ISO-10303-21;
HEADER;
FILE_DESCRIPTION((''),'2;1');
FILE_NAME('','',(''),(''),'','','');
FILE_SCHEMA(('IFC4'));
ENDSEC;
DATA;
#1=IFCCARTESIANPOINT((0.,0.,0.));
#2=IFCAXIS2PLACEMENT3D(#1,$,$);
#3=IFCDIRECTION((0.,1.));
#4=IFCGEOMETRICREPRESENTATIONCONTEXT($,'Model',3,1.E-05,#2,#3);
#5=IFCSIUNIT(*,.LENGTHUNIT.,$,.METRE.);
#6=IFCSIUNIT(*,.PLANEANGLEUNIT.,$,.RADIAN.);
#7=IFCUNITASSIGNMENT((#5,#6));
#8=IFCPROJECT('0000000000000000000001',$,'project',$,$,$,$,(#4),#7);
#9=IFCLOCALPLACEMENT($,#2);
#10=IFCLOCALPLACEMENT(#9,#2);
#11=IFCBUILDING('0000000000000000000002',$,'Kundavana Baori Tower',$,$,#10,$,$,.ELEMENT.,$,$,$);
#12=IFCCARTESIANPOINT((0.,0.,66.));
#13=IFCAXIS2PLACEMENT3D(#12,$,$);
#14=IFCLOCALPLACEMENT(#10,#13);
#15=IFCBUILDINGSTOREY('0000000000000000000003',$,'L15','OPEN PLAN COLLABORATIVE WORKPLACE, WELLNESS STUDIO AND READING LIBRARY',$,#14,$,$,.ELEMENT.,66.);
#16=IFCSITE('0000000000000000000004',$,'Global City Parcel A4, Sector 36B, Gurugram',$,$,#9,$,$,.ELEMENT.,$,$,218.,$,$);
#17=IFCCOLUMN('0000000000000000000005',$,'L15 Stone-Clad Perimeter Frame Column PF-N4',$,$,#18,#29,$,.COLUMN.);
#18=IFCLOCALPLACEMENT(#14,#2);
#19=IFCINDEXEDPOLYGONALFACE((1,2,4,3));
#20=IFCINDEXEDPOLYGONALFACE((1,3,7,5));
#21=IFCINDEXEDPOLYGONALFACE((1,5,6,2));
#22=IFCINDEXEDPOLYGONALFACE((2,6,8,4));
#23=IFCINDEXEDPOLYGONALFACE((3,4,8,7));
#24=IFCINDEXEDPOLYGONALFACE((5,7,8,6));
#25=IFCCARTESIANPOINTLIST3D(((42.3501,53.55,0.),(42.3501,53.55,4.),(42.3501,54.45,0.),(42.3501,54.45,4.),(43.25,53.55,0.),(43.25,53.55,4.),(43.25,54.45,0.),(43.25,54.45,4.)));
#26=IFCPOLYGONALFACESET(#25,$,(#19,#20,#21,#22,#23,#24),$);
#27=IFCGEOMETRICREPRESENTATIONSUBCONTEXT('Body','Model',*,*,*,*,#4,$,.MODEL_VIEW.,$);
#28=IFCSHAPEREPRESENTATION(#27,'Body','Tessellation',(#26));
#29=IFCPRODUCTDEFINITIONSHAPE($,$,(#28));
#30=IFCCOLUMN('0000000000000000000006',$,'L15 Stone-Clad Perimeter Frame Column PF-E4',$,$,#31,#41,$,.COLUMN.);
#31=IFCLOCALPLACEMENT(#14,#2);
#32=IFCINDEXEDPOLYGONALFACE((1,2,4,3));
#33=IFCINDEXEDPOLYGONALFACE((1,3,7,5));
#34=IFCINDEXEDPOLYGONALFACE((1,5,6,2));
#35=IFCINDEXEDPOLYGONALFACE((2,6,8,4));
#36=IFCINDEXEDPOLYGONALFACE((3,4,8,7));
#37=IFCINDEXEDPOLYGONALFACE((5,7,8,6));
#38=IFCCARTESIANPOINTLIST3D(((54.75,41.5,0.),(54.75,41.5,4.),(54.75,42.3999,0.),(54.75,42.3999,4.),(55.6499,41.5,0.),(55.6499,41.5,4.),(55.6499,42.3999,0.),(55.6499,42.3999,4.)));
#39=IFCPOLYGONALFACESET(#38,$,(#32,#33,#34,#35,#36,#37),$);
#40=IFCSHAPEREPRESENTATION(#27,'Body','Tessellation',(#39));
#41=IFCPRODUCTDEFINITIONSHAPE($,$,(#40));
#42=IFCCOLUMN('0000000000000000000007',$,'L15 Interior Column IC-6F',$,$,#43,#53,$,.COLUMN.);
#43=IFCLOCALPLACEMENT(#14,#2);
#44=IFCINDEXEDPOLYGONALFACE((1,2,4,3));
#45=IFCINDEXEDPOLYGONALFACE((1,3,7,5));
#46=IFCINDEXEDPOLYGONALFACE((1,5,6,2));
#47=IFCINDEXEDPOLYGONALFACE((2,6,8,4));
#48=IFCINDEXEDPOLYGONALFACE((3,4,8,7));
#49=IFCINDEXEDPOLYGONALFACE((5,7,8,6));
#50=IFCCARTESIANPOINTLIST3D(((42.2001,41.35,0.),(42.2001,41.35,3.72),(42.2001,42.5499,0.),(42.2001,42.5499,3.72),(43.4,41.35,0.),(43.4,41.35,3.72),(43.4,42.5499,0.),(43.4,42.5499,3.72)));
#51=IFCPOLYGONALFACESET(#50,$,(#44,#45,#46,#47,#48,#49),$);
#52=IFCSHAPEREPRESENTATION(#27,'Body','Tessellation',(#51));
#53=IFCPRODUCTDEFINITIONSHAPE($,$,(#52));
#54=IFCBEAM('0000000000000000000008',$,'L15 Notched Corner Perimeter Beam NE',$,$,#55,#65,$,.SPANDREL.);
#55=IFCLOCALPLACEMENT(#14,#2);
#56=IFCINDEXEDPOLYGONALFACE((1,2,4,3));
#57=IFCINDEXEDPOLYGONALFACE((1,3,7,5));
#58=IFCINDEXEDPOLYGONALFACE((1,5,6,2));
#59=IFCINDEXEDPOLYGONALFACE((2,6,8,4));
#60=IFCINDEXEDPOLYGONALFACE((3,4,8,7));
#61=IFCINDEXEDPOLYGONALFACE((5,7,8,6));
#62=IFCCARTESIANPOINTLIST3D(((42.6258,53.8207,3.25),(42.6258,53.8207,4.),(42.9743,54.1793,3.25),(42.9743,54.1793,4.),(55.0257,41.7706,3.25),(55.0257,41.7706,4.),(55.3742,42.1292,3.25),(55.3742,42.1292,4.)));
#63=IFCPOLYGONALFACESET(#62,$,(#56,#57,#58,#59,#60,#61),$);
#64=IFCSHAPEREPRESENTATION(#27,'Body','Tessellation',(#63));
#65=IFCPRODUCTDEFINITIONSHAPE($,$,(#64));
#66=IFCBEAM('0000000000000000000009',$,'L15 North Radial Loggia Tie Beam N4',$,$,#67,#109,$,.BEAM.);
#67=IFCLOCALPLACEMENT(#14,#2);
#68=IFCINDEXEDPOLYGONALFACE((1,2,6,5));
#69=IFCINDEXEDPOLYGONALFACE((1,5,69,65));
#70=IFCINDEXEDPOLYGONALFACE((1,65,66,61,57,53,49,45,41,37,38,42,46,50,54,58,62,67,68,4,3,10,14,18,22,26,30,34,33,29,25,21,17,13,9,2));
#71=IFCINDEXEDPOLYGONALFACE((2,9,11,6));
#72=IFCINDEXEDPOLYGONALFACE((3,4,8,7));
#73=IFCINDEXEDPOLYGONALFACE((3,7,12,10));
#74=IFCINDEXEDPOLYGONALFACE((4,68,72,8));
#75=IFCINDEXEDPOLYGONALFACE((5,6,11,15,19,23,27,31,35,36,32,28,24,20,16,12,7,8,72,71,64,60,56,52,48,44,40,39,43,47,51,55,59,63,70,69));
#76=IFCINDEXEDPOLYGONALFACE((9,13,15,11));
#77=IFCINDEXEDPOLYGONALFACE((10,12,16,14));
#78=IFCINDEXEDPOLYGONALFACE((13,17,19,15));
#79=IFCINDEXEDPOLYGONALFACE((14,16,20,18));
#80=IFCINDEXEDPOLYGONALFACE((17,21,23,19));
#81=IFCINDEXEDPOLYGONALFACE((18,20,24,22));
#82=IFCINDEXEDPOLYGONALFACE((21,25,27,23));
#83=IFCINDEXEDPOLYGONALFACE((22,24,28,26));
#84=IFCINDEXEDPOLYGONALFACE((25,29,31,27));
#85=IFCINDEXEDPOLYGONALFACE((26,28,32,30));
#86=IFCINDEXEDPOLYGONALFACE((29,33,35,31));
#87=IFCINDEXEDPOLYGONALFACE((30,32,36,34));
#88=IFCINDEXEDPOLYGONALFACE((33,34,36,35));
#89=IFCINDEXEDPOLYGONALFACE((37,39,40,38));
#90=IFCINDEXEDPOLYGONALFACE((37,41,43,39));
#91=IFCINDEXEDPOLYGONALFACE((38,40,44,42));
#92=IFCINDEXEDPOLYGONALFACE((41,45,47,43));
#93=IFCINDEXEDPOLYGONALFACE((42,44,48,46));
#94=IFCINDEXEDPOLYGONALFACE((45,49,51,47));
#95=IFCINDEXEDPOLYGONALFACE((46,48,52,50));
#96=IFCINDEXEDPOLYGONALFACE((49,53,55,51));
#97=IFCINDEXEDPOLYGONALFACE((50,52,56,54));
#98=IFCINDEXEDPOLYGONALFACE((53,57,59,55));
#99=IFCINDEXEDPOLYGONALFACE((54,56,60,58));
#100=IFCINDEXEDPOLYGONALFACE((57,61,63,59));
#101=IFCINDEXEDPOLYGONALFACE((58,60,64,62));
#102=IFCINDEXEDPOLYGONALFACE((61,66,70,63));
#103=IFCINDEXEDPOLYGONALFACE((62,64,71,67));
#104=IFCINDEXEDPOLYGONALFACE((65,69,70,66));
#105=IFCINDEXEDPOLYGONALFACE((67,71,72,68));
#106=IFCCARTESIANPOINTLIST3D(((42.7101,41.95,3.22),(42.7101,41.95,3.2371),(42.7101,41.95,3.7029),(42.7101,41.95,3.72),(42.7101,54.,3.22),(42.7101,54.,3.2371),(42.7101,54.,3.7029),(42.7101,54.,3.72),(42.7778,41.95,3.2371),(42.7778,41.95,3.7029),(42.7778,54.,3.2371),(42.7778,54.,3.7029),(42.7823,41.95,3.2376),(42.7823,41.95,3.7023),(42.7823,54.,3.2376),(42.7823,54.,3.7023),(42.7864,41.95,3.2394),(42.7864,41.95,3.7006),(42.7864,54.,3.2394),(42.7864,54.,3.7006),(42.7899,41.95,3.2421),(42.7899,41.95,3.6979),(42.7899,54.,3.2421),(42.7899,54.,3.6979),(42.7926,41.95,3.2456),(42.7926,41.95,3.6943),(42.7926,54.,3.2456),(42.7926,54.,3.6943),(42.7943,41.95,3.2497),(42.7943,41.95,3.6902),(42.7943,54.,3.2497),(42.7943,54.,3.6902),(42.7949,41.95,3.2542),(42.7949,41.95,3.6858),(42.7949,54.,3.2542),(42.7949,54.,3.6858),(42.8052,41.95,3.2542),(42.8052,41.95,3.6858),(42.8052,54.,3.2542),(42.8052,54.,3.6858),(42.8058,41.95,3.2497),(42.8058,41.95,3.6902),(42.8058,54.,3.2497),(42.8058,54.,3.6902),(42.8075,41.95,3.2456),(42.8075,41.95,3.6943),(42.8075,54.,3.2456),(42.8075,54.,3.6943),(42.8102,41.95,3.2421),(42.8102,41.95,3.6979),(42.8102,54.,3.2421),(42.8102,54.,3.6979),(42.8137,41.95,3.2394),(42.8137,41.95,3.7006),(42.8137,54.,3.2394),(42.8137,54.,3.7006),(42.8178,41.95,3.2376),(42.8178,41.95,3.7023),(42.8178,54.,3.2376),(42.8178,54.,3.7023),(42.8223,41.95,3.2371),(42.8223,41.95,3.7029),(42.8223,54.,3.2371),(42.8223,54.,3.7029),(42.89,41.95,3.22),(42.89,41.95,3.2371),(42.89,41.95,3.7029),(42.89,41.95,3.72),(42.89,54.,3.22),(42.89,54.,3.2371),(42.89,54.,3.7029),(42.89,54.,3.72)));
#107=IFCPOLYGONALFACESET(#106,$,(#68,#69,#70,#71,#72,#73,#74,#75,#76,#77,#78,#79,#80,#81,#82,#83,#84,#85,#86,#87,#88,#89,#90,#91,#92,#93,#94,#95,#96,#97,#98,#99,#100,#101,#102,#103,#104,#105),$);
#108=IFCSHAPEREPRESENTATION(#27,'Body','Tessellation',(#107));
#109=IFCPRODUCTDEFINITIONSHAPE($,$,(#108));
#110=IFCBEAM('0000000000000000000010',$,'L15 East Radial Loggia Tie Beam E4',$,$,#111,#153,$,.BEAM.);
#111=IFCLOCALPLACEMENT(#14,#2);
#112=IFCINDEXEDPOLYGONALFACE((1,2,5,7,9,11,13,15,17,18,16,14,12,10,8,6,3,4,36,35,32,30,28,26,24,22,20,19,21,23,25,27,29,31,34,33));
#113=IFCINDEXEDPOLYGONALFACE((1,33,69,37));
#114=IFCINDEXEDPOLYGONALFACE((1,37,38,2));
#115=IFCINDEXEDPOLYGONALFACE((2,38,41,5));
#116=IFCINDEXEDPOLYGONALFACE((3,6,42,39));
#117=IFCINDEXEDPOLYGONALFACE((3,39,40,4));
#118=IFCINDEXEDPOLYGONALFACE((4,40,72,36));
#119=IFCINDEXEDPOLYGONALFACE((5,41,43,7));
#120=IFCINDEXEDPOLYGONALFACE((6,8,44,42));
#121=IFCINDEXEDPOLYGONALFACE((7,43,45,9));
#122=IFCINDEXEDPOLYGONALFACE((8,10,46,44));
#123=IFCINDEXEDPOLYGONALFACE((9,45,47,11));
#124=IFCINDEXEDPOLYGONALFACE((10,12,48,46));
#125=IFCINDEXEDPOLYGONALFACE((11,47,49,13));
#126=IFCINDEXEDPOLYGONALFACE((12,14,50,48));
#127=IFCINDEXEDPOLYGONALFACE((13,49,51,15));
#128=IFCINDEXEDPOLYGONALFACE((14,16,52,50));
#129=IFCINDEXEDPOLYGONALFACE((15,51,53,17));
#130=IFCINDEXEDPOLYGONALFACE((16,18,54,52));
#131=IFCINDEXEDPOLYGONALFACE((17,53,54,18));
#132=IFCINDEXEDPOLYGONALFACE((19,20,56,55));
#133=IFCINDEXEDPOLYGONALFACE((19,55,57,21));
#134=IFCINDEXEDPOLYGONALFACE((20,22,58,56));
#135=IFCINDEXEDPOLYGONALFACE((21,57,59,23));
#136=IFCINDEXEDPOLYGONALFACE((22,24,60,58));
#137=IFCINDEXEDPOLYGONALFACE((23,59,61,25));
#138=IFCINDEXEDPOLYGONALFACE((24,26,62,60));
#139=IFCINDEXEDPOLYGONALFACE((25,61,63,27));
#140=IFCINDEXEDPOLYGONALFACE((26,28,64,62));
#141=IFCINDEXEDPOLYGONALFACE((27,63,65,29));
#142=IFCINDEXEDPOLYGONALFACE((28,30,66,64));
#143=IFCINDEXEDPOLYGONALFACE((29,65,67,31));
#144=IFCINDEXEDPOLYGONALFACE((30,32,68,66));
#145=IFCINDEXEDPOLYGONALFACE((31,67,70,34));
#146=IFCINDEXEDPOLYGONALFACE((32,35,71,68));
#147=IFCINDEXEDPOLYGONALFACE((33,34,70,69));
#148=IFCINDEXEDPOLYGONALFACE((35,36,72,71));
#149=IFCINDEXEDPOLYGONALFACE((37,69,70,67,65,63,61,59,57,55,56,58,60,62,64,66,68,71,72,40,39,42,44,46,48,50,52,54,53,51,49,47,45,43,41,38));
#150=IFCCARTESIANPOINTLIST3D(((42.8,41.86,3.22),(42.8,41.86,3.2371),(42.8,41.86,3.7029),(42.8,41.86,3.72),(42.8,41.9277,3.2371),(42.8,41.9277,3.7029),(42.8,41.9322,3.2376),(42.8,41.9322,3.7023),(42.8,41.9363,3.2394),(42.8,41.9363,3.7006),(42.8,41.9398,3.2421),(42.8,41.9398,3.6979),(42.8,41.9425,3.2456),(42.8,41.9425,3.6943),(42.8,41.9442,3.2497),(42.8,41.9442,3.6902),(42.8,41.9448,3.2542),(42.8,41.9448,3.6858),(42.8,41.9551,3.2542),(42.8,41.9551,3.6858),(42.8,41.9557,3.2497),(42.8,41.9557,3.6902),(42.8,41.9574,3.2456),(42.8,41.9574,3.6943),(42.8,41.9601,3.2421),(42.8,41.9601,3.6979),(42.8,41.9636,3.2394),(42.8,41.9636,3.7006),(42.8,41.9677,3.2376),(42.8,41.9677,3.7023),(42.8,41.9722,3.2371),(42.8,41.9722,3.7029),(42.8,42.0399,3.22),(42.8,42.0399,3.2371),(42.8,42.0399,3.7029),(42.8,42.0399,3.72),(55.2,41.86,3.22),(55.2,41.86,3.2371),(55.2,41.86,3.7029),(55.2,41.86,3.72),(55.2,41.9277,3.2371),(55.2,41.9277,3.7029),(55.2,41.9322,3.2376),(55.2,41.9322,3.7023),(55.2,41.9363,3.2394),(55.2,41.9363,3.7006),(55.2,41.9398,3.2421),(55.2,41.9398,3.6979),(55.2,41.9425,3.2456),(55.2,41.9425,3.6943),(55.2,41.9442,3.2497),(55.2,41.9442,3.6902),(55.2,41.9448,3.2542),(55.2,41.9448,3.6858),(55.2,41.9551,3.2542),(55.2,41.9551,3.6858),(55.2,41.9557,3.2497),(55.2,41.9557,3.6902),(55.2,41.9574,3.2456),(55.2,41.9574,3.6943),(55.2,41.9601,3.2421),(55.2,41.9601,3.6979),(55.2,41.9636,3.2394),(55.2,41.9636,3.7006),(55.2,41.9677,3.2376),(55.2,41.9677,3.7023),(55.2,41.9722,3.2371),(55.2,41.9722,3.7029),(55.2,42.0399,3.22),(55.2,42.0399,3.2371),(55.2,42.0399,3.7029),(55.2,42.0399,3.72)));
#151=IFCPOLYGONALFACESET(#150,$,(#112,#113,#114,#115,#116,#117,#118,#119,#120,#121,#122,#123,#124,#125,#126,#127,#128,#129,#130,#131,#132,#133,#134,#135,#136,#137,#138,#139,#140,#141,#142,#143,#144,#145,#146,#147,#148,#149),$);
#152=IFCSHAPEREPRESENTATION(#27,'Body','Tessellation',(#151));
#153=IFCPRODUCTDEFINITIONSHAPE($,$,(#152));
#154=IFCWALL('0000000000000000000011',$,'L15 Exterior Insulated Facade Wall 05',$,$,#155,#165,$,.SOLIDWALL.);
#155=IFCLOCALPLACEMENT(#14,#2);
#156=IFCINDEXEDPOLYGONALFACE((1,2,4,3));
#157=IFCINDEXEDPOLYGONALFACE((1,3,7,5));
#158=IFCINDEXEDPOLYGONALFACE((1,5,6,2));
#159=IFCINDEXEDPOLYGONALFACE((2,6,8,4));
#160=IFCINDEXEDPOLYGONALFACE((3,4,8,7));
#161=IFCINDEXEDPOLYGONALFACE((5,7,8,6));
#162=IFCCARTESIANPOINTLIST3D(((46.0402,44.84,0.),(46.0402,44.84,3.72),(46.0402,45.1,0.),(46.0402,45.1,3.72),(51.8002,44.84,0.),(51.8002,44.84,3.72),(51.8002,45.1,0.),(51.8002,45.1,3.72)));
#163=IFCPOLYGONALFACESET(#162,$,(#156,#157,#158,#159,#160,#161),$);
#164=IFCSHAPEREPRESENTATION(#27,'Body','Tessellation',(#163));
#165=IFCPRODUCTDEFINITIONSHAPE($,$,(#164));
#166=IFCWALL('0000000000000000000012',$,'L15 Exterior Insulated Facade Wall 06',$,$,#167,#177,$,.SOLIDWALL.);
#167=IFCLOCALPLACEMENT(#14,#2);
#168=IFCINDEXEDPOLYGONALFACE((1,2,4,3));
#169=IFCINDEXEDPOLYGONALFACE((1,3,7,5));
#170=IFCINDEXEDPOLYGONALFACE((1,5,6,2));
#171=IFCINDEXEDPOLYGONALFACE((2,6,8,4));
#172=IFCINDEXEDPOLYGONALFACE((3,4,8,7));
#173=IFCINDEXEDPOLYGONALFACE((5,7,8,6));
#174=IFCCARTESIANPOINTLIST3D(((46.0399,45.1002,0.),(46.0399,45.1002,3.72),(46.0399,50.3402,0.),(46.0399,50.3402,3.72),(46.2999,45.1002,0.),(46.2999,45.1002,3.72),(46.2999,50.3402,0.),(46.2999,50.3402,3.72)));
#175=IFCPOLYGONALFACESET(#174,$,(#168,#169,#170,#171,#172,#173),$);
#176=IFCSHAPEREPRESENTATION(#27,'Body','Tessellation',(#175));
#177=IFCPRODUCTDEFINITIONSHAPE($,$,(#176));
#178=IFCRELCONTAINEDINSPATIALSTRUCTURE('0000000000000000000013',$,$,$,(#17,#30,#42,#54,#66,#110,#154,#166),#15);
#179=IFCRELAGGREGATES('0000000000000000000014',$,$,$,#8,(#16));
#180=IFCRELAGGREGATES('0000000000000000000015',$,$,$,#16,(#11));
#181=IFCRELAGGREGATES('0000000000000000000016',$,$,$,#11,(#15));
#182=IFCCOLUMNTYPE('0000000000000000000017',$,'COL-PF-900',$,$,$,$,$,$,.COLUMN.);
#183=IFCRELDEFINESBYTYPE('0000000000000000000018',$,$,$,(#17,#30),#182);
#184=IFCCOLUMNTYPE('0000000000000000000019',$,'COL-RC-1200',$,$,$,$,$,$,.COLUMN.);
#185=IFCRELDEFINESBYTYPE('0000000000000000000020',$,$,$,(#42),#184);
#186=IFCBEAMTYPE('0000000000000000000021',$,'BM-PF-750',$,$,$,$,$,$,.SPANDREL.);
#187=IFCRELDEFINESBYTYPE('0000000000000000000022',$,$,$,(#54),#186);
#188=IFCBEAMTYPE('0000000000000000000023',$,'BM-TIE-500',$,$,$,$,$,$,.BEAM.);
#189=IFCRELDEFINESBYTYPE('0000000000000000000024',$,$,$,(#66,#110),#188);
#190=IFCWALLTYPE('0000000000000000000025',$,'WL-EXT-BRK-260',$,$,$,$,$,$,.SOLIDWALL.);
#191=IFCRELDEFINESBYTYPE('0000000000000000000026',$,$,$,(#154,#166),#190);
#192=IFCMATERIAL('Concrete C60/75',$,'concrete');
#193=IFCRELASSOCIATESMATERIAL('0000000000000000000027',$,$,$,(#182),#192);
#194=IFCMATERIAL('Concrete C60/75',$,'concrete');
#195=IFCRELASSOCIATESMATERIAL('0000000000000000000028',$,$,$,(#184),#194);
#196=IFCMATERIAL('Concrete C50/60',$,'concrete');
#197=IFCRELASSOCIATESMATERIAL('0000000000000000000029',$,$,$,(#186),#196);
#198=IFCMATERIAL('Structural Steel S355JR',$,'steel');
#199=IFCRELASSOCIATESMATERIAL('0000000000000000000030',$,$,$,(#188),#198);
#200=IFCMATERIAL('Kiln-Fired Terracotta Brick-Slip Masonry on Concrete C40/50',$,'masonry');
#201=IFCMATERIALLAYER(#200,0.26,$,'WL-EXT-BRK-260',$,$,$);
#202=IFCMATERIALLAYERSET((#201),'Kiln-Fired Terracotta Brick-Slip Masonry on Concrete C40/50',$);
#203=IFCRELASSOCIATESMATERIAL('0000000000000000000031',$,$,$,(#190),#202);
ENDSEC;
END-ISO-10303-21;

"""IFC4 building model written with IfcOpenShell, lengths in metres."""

from ifc_helpers import new_model, si_unit, direction, frame, frame_2d, origin, origin_2d, place, context, subcontext, project, spatial, rectangle, i_section, extrude, material, layer, layer_set, material_profile, profile_set, type_object, element, save


model = new_model("IFC4")

# Units and contexts
model_context = context("Model", 3, precision=1e-05, world=origin(), true_north=direction((0.0, 1.0)))
body_context = subcontext(model_context, "Body", "Model", "MODEL_VIEW")
ifc_project = project(units=[si_unit("LENGTHUNIT", "METRE"), si_unit("PLANEANGLEUNIT", "RADIAN")], contexts=[model_context])

# Site, building, storey
site_placement = place(None, origin())
site = spatial("IfcSite", under=ifc_project, at=site_placement, Name="Global City Parcel A4, Sector 36B, Gurugram", CompositionType="ELEMENT", RefElevation=218.0)
building_placement = place(site_placement, origin())
building = spatial("IfcBuilding", under=site, at=building_placement, Name="Kundavana Baori Tower", CompositionType="ELEMENT")
storey_placement = place(building_placement, frame((0.0, 0.0, 66.0)))
storey = spatial("IfcBuildingStorey", under=building, at=storey_placement, Name="L15", Description="OPEN PLAN COLLABORATIVE WORKPLACE, WELLNESS STUDIO AND READING LIBRARY", CompositionType="ELEMENT", Elevation=66.0)

# Columns
ifc_material_1 = material(Name="Concrete C60/75", Category="concrete")
ifc_material_profile_1 = material_profile(ifc_material_1, rectangle(XDim=0.8999, YDim=0.8999, at=origin_2d()), Name="RC PF 900x900")
ifc_profile_set_1 = profile_set([ifc_material_profile_1], Name="Concrete C60/75")
column_type_1 = type_object("IfcColumnType", Name="COL-PF-900", PredefinedType="COLUMN", material=ifc_profile_set_1)
for number, where, z_axis, x_axis, name in (
    (1, (42.8, 54.0, 0.0), (0.0, 0.0, 1.0), (1.0, 0.0, 0.0), "L15 Stone-Clad Perimeter Frame Column PF-N4"),
    (2, (55.2, 41.95, 0.0), (0.0, 0.0, 1.0), (1.0, 0.0, 0.0), "L15 Stone-Clad Perimeter Frame Column PF-E4"),
):
    element("IfcColumn", number, at=place(storey_placement, frame(where, z_axis=z_axis, x_axis=x_axis)), inside=storey, type_object=column_type_1, Name=name, PredefinedType="COLUMN", context=body_context, shape_type="SweptSolid", body=[
        extrude(rectangle(XDim=0.8999, YDim=0.8999, at=origin_2d()), origin(), (0.0, 0.0, 1.0), 4.0),
    ])
ifc_material_2 = material(Name="Concrete C60/75", Category="concrete")
ifc_material_profile_2 = material_profile(ifc_material_2, rectangle(XDim=1.2, YDim=1.2, at=origin_2d()), Name="RC 1200x1200")
ifc_profile_set_2 = profile_set([ifc_material_profile_2], Name="Concrete C60/75")
column_type_2 = type_object("IfcColumnType", Name="COL-RC-1200", PredefinedType="COLUMN", material=ifc_profile_set_2)
column_placement = place(storey_placement, frame((42.8, 41.95, 0.0), z_axis=(0.0, 0.0, 1.0), x_axis=(1.0, 0.0, 0.0)))
element("IfcColumn", 3, at=column_placement, inside=storey, type_object=column_type_2, Name="L15 Interior Column IC-6F", PredefinedType="COLUMN", context=body_context, shape_type="SweptSolid", body=[
    extrude(rectangle(XDim=1.2, YDim=1.2, at=origin_2d()), origin(), (0.0, 0.0, 1.0), 3.72),
])

# Beams
ifc_material_3 = material(Name="Concrete C50/60", Category="concrete")
ifc_material_profile_3 = material_profile(ifc_material_3, rectangle(XDim=0.5, YDim=0.75, at=origin_2d()), Name="RC BM 500x750")
ifc_profile_set_3 = profile_set([ifc_material_profile_3], Name="Concrete C50/60")
beam_type_1 = type_object("IfcBeamType", Name="BM-PF-750", PredefinedType="SPANDREL", material=ifc_profile_set_3)
beam_1_placement = place(storey_placement, frame((42.8, 54.0, 3.625), z_axis=(0.717151, -0.696917, 0.0), x_axis=(0.696917, 0.717151, 0.0)))
element("IfcBeam", 4, at=beam_1_placement, inside=storey, type_object=beam_type_1, Name="L15 Notched Corner Perimeter Beam NE", PredefinedType="SPANDREL", context=body_context, shape_type="SweptSolid", body=[
    extrude(rectangle(XDim=0.5, YDim=0.75, at=origin_2d()), origin(), (0.0, 0.0, 1.0), 17.2905),
])
ifc_material_4 = material(Name="Structural Steel S355JR", Category="steel")
ifc_material_profile_4 = material_profile(ifc_material_4, i_section(OverallWidth=0.1799, OverallDepth=0.5, WebThickness=0.0103, FlangeThickness=0.0171, FilletRadius=0.0171, at=origin_2d()), Name="ISMB 500")
ifc_profile_set_4 = profile_set([ifc_material_profile_4], Name="Structural Steel S355JR")
beam_type_2 = type_object("IfcBeamType", Name="BM-TIE-500", PredefinedType="BEAM", material=ifc_profile_set_4)
beam_2_placement = place(storey_placement, frame((42.8, 41.95, 3.47), z_axis=(0.0, 1.0, 0.0), x_axis=(-1.0, 0.0, 0.0)))
element("IfcBeam", 5, at=beam_2_placement, inside=storey, type_object=beam_type_2, Name="L15 North Radial Loggia Tie Beam N4", PredefinedType="BEAM", context=body_context, shape_type="SweptSolid", body=[
    extrude(i_section(OverallWidth=0.1799, OverallDepth=0.5, WebThickness=0.0103, FlangeThickness=0.0171, FilletRadius=0.0171, at=origin_2d()), origin(), (0.0, 0.0, 1.0), 12.05),
])
beam_3_placement = place(storey_placement, frame((42.8, 41.95, 3.47), z_axis=(1.0, 0.0, 0.0), x_axis=(0.0, 1.0, 0.0)))
element("IfcBeam", 6, at=beam_3_placement, inside=storey, type_object=beam_type_2, Name="L15 East Radial Loggia Tie Beam E4", PredefinedType="BEAM", context=body_context, shape_type="SweptSolid", body=[
    extrude(i_section(OverallWidth=0.1799, OverallDepth=0.5, WebThickness=0.0103, FlangeThickness=0.0171, FilletRadius=0.0171, at=origin_2d()), origin(), (0.0, 0.0, 1.0), 12.3999),
])

# Walls
ifc_material_5 = material(Name="Kiln-Fired Terracotta Brick-Slip Masonry on Concrete C40/50", Category="masonry")
ifc_layer_1 = layer(ifc_material_5, 0.26, Name="WL-EXT-BRK-260")
ifc_layer_set_1 = layer_set([ifc_layer_1], Name="Kiln-Fired Terracotta Brick-Slip Masonry on Concrete C40/50")
wall_type_1 = type_object("IfcWallType", Name="WL-EXT-BRK-260", PredefinedType="SOLIDWALL", material=ifc_layer_set_1)
wall_1_placement = place(storey_placement, frame((51.8, 44.97, 0.0), z_axis=(0.0, 0.0, 1.0), x_axis=(-1.0, 0.0, 0.0)))
element("IfcWall", 7, at=wall_1_placement, inside=storey, type_object=wall_type_1, Name="L15 Exterior Insulated Facade Wall 05", PredefinedType="SOLIDWALL", context=body_context, shape_type="SweptSolid", body=[
    extrude(rectangle(XDim=5.76, YDim=0.26, at=frame_2d((2.8799, 0.0))), origin(), (0.0, 0.0, 1.0), 3.72),
])
wall_2_placement = place(storey_placement, frame((46.1699, 45.1001, 0.0), z_axis=(0.0, 0.0, 1.0), x_axis=(0.0, 1.0, 0.0)))
element("IfcWall", 8, at=wall_2_placement, inside=storey, type_object=wall_type_1, Name="L15 Exterior Insulated Facade Wall 06", PredefinedType="SOLIDWALL", context=body_context, shape_type="SweptSolid", body=[
    extrude(rectangle(XDim=5.24, YDim=0.26, at=frame_2d((2.6201, 0.0))), origin(), (0.0, 0.0, 1.0), 3.72),
])

save(model, "model.ifc")
